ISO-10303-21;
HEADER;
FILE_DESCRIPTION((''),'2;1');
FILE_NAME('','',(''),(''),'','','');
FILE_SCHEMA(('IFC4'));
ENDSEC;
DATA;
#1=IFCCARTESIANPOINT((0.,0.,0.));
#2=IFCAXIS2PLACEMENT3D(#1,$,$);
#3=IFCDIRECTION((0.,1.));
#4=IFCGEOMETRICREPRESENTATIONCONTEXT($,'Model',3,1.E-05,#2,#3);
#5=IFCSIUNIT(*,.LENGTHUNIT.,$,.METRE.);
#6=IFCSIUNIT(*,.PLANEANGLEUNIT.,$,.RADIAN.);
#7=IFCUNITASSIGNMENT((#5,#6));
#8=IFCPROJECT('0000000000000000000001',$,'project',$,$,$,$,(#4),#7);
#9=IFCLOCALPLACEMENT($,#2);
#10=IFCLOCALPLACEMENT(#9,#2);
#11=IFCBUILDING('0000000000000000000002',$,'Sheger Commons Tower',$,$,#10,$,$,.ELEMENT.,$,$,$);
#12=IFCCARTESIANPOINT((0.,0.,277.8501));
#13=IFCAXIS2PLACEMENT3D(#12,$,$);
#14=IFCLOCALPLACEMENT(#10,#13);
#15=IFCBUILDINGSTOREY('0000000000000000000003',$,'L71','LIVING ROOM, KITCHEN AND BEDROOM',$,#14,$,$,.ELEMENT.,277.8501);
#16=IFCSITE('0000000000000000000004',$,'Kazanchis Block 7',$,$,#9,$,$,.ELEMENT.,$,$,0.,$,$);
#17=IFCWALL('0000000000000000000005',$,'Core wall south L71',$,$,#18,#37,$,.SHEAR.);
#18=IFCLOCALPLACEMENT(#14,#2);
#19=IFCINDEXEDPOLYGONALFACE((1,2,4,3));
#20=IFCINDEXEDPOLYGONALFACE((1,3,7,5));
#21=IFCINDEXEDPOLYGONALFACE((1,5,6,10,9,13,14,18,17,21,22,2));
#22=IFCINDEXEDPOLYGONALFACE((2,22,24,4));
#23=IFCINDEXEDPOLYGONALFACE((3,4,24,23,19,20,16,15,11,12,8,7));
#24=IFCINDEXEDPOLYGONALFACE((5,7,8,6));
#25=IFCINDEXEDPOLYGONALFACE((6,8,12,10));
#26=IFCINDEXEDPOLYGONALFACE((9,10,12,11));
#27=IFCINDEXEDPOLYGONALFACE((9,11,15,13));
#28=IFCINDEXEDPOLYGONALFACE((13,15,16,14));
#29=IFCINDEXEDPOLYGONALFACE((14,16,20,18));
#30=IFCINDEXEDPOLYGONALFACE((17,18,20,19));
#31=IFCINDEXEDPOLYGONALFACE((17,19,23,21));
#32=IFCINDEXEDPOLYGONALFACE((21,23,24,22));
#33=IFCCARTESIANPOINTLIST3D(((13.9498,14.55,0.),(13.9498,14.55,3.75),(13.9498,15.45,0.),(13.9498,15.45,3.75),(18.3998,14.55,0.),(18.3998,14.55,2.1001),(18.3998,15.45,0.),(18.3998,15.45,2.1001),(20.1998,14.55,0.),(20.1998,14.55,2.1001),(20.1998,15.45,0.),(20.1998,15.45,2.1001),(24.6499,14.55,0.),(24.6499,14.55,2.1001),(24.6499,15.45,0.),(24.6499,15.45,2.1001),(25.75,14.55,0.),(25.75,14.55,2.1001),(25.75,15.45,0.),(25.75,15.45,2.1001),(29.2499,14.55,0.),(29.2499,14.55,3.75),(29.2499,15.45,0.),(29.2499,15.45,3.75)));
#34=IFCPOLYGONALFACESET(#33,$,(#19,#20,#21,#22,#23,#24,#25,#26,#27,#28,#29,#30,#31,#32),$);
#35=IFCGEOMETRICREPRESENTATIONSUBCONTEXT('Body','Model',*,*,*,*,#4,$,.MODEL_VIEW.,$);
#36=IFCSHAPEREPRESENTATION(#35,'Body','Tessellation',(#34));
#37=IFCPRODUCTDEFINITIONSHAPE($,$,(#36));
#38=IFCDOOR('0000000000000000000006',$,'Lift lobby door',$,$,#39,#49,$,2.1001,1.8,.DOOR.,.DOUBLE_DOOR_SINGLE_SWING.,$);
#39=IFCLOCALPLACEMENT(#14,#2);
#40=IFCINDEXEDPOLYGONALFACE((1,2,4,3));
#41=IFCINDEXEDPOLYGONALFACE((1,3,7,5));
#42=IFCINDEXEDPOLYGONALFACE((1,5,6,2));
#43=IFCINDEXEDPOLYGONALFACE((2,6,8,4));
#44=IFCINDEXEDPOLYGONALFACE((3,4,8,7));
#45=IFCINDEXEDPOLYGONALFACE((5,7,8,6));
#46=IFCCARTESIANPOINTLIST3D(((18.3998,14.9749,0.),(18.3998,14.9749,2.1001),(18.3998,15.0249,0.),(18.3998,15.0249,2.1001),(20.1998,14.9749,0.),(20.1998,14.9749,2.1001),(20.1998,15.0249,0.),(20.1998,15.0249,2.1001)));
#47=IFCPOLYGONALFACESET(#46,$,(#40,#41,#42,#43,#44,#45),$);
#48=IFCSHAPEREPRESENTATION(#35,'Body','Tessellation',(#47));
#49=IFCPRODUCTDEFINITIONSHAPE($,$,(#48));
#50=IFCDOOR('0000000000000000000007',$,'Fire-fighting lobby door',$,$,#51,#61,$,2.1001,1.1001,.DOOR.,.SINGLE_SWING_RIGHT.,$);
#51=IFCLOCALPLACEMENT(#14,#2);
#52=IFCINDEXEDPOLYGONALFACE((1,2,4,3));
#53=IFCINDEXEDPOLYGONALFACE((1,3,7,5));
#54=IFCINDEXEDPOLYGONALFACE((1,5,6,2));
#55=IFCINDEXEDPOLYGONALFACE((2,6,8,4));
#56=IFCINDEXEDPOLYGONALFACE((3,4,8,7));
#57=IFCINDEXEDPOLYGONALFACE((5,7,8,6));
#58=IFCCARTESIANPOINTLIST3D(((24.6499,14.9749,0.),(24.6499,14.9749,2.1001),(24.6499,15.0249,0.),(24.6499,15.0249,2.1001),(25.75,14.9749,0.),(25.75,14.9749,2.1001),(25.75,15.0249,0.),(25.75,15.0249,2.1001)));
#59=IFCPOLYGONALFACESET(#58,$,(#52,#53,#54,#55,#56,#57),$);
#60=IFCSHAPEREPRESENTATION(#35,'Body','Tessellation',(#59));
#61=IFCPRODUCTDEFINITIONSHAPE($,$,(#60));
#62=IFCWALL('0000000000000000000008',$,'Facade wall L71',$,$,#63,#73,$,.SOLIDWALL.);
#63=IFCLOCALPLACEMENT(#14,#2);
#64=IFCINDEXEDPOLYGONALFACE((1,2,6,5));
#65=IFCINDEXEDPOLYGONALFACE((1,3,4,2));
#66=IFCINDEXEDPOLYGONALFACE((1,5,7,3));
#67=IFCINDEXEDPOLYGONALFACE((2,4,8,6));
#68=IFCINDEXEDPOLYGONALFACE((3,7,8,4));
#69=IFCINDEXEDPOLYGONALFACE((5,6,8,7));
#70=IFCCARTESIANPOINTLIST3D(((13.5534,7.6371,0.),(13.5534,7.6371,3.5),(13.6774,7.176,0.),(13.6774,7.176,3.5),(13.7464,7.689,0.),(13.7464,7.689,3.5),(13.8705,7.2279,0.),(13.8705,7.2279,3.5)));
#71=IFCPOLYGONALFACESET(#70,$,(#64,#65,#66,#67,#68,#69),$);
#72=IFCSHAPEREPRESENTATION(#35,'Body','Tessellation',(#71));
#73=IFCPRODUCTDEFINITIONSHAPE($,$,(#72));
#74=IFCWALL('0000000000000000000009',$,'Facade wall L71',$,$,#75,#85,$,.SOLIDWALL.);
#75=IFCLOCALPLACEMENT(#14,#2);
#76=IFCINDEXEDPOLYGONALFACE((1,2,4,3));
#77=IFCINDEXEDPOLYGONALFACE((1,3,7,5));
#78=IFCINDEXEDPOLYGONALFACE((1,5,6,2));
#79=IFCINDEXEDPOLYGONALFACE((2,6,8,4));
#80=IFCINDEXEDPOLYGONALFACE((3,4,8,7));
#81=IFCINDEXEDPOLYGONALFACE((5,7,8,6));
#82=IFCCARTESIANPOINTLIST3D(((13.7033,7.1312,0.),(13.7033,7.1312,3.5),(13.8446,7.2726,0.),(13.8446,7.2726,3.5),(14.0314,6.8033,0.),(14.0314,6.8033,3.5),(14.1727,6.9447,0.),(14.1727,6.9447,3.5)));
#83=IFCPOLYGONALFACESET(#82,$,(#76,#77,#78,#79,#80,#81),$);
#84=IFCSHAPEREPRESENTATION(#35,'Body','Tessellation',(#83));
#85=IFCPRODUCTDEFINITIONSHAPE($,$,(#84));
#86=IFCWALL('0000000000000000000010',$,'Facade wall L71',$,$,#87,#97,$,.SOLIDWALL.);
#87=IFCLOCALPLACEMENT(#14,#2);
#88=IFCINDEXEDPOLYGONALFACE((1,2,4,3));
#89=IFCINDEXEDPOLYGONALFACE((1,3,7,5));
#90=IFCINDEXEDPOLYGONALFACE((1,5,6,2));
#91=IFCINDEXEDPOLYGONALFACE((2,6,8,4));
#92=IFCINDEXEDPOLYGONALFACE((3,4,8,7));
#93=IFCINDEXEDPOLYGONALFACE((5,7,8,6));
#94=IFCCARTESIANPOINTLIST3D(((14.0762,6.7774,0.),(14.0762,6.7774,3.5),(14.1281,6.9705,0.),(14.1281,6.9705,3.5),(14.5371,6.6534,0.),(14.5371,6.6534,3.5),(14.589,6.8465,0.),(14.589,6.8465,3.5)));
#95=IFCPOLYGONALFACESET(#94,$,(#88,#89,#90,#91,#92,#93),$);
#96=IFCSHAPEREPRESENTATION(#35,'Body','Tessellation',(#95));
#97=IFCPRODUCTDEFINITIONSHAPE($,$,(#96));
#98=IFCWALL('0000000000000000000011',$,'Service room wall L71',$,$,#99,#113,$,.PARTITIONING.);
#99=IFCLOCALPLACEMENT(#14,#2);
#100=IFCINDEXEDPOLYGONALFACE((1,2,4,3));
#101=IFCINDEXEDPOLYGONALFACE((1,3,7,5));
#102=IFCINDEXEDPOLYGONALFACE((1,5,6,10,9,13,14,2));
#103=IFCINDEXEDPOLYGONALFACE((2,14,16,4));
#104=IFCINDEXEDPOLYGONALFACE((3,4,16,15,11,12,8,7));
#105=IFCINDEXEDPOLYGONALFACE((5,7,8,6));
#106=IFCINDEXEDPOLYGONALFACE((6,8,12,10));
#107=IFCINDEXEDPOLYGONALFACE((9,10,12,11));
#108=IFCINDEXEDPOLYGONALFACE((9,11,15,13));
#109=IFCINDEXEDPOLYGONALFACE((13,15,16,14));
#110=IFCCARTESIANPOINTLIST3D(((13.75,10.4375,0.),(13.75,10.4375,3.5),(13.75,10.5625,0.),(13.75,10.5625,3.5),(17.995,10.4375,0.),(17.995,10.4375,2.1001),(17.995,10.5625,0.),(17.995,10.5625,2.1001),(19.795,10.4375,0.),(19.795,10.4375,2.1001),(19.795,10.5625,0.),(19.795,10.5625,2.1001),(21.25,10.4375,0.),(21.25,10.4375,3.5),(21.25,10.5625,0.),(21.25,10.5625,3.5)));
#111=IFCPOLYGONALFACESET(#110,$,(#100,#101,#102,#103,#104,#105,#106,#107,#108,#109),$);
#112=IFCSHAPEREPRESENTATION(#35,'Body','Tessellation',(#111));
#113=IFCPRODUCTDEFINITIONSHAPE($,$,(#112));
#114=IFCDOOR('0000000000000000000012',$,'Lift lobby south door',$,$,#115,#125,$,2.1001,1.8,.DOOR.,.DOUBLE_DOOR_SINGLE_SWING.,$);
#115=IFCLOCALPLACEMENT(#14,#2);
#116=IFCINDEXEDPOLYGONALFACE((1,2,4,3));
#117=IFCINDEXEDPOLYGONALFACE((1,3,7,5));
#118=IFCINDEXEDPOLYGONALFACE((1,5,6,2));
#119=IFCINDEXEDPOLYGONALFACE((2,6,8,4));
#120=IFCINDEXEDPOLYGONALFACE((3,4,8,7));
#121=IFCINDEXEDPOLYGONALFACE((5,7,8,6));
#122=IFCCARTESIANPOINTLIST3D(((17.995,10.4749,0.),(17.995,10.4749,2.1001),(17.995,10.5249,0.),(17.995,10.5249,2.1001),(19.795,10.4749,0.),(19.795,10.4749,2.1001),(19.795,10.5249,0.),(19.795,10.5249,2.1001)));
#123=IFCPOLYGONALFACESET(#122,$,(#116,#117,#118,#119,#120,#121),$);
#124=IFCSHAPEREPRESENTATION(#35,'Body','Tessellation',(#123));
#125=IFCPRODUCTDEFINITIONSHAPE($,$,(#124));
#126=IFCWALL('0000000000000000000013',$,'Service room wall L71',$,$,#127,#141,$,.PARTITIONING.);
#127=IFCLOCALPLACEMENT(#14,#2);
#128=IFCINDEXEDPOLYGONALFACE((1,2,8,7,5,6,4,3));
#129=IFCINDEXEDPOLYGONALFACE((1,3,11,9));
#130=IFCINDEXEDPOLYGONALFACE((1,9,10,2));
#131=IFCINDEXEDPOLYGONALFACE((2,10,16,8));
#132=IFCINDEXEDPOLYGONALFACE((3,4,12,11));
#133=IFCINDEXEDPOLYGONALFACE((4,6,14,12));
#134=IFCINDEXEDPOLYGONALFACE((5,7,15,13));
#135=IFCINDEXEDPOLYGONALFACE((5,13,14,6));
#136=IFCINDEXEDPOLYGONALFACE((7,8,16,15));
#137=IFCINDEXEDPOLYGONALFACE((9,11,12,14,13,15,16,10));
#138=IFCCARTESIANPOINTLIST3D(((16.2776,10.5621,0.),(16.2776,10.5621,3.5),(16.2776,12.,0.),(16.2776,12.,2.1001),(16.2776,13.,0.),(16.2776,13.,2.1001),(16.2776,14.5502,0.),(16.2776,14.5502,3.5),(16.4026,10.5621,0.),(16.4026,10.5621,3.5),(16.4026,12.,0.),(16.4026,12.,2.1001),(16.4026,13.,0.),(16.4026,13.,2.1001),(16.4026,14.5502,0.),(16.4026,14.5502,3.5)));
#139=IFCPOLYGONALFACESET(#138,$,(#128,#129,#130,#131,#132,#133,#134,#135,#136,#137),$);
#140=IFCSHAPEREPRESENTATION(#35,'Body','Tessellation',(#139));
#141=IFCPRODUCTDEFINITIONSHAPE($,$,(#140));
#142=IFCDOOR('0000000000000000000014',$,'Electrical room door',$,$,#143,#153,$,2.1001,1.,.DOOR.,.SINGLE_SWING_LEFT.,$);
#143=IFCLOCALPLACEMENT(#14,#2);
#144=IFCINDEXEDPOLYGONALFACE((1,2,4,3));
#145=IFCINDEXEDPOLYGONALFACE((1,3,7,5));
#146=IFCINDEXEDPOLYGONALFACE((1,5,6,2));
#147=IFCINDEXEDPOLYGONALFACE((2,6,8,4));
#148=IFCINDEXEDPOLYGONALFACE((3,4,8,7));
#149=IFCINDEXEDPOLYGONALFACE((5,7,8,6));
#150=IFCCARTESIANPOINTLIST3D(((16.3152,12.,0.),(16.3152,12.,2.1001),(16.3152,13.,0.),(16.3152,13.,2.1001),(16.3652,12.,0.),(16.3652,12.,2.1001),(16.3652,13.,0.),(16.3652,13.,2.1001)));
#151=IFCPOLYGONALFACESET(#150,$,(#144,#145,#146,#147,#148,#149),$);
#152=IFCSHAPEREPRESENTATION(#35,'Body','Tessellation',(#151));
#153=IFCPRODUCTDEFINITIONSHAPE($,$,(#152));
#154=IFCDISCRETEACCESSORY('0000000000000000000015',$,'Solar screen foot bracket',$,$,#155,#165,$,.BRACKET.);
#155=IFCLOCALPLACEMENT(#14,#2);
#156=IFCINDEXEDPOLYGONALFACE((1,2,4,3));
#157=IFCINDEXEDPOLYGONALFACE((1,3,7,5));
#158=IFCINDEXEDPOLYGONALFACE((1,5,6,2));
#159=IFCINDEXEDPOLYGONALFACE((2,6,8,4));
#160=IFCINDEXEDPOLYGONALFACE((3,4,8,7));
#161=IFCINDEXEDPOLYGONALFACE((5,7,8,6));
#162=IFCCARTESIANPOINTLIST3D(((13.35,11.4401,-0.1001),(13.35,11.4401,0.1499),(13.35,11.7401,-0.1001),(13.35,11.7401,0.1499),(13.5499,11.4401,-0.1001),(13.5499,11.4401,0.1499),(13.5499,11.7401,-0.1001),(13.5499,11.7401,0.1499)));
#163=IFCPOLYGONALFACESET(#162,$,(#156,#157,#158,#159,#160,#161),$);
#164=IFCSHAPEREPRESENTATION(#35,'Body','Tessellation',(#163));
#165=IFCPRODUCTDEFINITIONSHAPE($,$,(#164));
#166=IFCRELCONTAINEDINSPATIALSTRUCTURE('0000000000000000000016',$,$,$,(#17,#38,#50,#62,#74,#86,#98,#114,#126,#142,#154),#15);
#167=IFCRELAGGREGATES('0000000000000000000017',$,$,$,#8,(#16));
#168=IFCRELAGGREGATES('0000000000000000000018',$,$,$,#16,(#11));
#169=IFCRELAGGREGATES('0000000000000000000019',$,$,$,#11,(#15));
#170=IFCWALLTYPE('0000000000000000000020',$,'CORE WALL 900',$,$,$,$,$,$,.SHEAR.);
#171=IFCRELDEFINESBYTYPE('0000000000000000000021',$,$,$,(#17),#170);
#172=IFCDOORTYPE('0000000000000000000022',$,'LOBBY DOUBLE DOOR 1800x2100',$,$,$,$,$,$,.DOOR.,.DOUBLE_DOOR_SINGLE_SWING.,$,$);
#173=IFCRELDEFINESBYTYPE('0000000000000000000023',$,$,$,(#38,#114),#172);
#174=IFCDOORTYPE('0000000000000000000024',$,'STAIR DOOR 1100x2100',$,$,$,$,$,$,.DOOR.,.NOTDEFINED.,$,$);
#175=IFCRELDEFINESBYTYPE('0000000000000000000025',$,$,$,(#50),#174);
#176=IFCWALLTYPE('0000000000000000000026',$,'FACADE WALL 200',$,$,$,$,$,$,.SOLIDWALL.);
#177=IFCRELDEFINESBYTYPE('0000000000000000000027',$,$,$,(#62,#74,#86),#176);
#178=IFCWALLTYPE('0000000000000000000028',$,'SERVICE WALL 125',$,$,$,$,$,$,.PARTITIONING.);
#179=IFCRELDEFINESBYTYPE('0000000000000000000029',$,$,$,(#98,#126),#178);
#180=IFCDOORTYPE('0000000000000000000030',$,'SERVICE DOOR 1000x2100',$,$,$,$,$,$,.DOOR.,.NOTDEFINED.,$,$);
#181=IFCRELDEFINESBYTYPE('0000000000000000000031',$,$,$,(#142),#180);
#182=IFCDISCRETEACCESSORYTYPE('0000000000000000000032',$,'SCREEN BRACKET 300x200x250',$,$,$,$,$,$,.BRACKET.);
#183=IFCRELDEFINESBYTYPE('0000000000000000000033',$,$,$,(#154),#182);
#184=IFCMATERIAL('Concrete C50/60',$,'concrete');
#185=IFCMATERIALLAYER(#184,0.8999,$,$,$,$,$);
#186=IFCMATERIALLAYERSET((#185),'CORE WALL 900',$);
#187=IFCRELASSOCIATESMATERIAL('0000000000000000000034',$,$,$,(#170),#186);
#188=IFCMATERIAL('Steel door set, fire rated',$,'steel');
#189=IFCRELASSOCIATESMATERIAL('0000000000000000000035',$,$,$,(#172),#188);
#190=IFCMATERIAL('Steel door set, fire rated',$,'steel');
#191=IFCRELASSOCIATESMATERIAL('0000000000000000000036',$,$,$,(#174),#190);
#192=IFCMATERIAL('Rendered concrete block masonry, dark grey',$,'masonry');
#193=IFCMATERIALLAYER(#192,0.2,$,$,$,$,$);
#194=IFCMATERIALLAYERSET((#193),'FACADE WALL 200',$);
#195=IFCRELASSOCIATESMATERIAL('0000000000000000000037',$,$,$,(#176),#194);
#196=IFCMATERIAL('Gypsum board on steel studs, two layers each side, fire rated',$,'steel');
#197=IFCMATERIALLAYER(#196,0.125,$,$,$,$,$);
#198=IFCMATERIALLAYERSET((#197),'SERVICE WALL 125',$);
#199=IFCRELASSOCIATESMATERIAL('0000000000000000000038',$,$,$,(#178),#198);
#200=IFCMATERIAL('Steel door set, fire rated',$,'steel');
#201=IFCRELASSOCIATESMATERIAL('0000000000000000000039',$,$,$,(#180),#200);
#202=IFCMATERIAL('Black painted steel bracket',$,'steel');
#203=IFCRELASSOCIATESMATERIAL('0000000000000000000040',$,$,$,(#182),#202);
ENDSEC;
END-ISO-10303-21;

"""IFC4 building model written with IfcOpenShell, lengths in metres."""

from ifc_helpers import new_model, si_unit, direction, frame, frame_2d, origin, origin_2d, place, context, subcontext, project, spatial, rectangle, extrude, material, layer, layer_set, type_object, element, fill, save


model = new_model("IFC4")

# Units and contexts
model_context = context("Model", 3, precision=1e-05, world=origin(), true_north=direction((0.0, 1.0)))
body_context = subcontext(model_context, "Body", "Model", "MODEL_VIEW")
ifc_project = project(units=[si_unit("LENGTHUNIT", "METRE"), si_unit("PLANEANGLEUNIT", "RADIAN")], contexts=[model_context])

# Site, building, storey
site_placement = place(None, origin())
site = spatial("IfcSite", under=ifc_project, at=site_placement, Name="Kazanchis Block 7", CompositionType="ELEMENT", RefElevation=0.0)
building_placement = place(site_placement, origin())
building = spatial("IfcBuilding", under=site, at=building_placement, Name="Sheger Commons Tower", CompositionType="ELEMENT")
storey_placement = place(building_placement, frame((0.0, 0.0, 277.8501)))
storey = spatial("IfcBuildingStorey", under=building, at=storey_placement, Name="L71", Description="LIVING ROOM, KITCHEN AND BEDROOM", CompositionType="ELEMENT", Elevation=277.8501)

# Wall, openings, doors
ifc_material_1 = material(Name="Concrete C50/60", Category="concrete")
ifc_layer_1 = layer(ifc_material_1, 0.8999)
ifc_layer_set_1 = layer_set([ifc_layer_1], Name="CORE WALL 900")
wall_type_1 = type_object("IfcWallType", Name="CORE WALL 900", PredefinedType="SHEAR", material=ifc_layer_set_1)
wall_1_placement = place(storey_placement, frame((13.95, 15.0, 0.0), z_axis=(0.0, 0.0, 1.0), x_axis=(1.0, 0.0, 0.0)))
wall_1 = element("IfcWall", 1, at=wall_1_placement, inside=storey, type_object=wall_type_1, Name="Core wall south L71", PredefinedType="SHEAR", context=body_context, shape_type="SweptSolid", body=[
    extrude(rectangle(XDim=15.3, YDim=0.8999, at=frame_2d((7.6499, 0.0))), origin(), (0.0, 0.0, 1.0), 3.75),
])
opening_1_placement = place(wall_1_placement, frame((4.45, 0.0, 0.0)))
opening_1 = element("IfcOpeningElement", 2, at=opening_1_placement, cuts=wall_1, PredefinedType="OPENING", context=body_context, shape_type="SweptSolid", body=[
    extrude(rectangle(XDim=1.8, YDim=2.1001, at=frame_2d((0.8999, 1.05))), frame((0.0, 0.46, 0.0), z_axis=(0.0, -1.0, 0.0), x_axis=(1.0, 0.0, 0.0)), (0.0, 0.0, 1.0), 0.9199),
])
opening_2_placement = place(wall_1_placement, frame((10.7, 0.0, 0.0)))
opening_2 = element("IfcOpeningElement", 3, at=opening_2_placement, cuts=wall_1, PredefinedType="OPENING", context=body_context, shape_type="SweptSolid", body=[
    extrude(rectangle(XDim=1.1001, YDim=2.1001, at=frame_2d((0.55, 1.05))), frame((0.0, 0.46, 0.0), z_axis=(0.0, -1.0, 0.0), x_axis=(1.0, 0.0, 0.0)), (0.0, 0.0, 1.0), 0.9199),
])
ifc_material_2 = material(Name="Steel door set, fire rated", Category="steel")
door_type_1 = type_object("IfcDoorType", Name="LOBBY DOUBLE DOOR 1800x2100", OperationType="DOUBLE_DOOR_SINGLE_SWING", PredefinedType="DOOR", material=ifc_material_2)
door_1_placement = place(opening_1_placement, origin())
door_1 = element("IfcDoor", 4, at=door_1_placement, inside=storey, type_object=door_type_1, Name="Lift lobby door", OperationType="DOUBLE_DOOR_SINGLE_SWING", OverallHeight=2.1001, OverallWidth=1.8, PredefinedType="DOOR", context=body_context, shape_type="SweptSolid", body=[
    extrude(rectangle(XDim=1.8, YDim=2.1001, at=frame_2d((0.8999, 1.05))), frame((0.0, 0.0249, 0.0), z_axis=(0.0, -1.0, 0.0), x_axis=(1.0, 0.0, 0.0)), (0.0, 0.0, 1.0), 0.05),
])
fill(opening_1, door_1)
ifc_material_3 = material(Name="Steel door set, fire rated", Category="steel")
door_type_2 = type_object("IfcDoorType", Name="STAIR DOOR 1100x2100", OperationType="NOTDEFINED", PredefinedType="DOOR", material=ifc_material_3)
door_2_placement = place(opening_2_placement, origin())
door_2 = element("IfcDoor", 5, at=door_2_placement, inside=storey, type_object=door_type_2, Name="Fire-fighting lobby door", OperationType="SINGLE_SWING_RIGHT", OverallHeight=2.1001, OverallWidth=1.1001, PredefinedType="DOOR", context=body_context, shape_type="SweptSolid", body=[
    extrude(rectangle(XDim=1.1001, YDim=2.1001, at=frame_2d((0.55, 1.05))), frame((0.0, 0.0249, 0.0), z_axis=(0.0, -1.0, 0.0), x_axis=(1.0, 0.0, 0.0)), (0.0, 0.0, 1.0), 0.05),
])
fill(opening_2, door_2)

# Walls
ifc_material_4 = material(Name="Rendered concrete block masonry, dark grey", Category="masonry")
ifc_layer_2 = layer(ifc_material_4, 0.2)
ifc_layer_set_2 = layer_set([ifc_layer_2], Name="FACADE WALL 200")
wall_type_2 = type_object("IfcWallType", Name="FACADE WALL 200", PredefinedType="SOLIDWALL", material=ifc_layer_set_2)
wall_2_placement = place(storey_placement, frame((13.6499, 7.6631, 0.0), z_axis=(0.0, 0.0, 1.0), x_axis=(0.259698, -0.96569, 0.0)))
element("IfcWall", 6, at=wall_2_placement, inside=storey, type_object=wall_type_2, Name="Facade wall L71", PredefinedType="SOLIDWALL", context=body_context, shape_type="SweptSolid", body=[
    extrude(rectangle(XDim=0.4775, YDim=0.2, at=frame_2d((0.2388, 0.0))), origin(), (0.0, 0.0, 1.0), 3.5),
])
wall_3_placement = place(storey_placement, frame((13.7739, 7.2019, 0.0), z_axis=(0.0, 0.0, 1.0), x_axis=(0.70737, -0.706844, 0.0)))
element("IfcWall", 7, at=wall_3_placement, inside=storey, type_object=wall_type_2, Name="Facade wall L71", PredefinedType="SOLIDWALL", context=body_context, shape_type="SweptSolid", body=[
    extrude(rectangle(XDim=0.4639, YDim=0.2, at=frame_2d((0.2319, 0.0))), origin(), (0.0, 0.0, 1.0), 3.5),
])
wall_4_placement = place(storey_placement, frame((14.1021, 6.874, 0.0), z_axis=(0.0, 0.0, 1.0), x_axis=(0.965655, -0.259827, 0.0)))
element("IfcWall", 8, at=wall_4_placement, inside=storey, type_object=wall_type_2, Name="Facade wall L71", PredefinedType="SOLIDWALL", context=body_context, shape_type="SweptSolid", body=[
    extrude(rectangle(XDim=0.4773, YDim=0.2, at=frame_2d((0.2388, 0.0))), origin(), (0.0, 0.0, 1.0), 3.5),
])

# Walls, openings, doors
ifc_material_5 = material(Name="Gypsum board on steel studs, two layers each side, fire rated", Category="steel")
ifc_layer_3 = layer(ifc_material_5, 0.125)
ifc_layer_set_3 = layer_set([ifc_layer_3], Name="SERVICE WALL 125")
wall_type_3 = type_object("IfcWallType", Name="SERVICE WALL 125", PredefinedType="PARTITIONING", material=ifc_layer_set_3)
wall_5_placement = place(storey_placement, frame((13.75, 10.5, 0.0), z_axis=(0.0, 0.0, 1.0), x_axis=(1.0, 0.0, 0.0)))
wall_5 = element("IfcWall", 9, at=wall_5_placement, inside=storey, type_object=wall_type_3, Name="Service room wall L71", PredefinedType="PARTITIONING", context=body_context, shape_type="SweptSolid", body=[
    extrude(rectangle(XDim=7.5, YDim=0.125, at=frame_2d((3.75, 0.0))), origin(), (0.0, 0.0, 1.0), 3.5),
])
opening_3_placement = place(wall_5_placement, frame((4.2451, 0.0, 0.0)))
opening_3 = element("IfcOpeningElement", 10, at=opening_3_placement, cuts=wall_5, PredefinedType="OPENING", context=body_context, shape_type="SweptSolid", body=[
    extrude(rectangle(XDim=1.8, YDim=2.1001, at=frame_2d((0.8999, 1.05))), frame((0.0, 0.0725, 0.0), z_axis=(0.0, -1.0, 0.0), x_axis=(1.0, 0.0, 0.0)), (0.0, 0.0, 1.0), 0.145),
])
door_3_placement = place(opening_3_placement, origin())
door_3 = element("IfcDoor", 11, at=door_3_placement, inside=storey, type_object=door_type_1, Name="Lift lobby south door", OperationType="DOUBLE_DOOR_SINGLE_SWING", OverallHeight=2.1001, OverallWidth=1.8, PredefinedType="DOOR", context=body_context, shape_type="SweptSolid", body=[
    extrude(rectangle(XDim=1.8, YDim=2.1001, at=frame_2d((0.8999, 1.05))), frame((0.0, 0.0249, 0.0), z_axis=(0.0, -1.0, 0.0), x_axis=(1.0, 0.0, 0.0)), (0.0, 0.0, 1.0), 0.05),
])
fill(opening_3, door_3)
wall_6_placement = place(storey_placement, frame((16.3401, 10.562, 0.0), z_axis=(0.0, 0.0, 1.0), x_axis=(0.0, 1.0, 0.0)))
wall_6 = element("IfcWall", 12, at=wall_6_placement, inside=storey, type_object=wall_type_3, Name="Service room wall L71", PredefinedType="PARTITIONING", context=body_context, shape_type="SweptSolid", body=[
    extrude(rectangle(XDim=3.988, YDim=0.125, at=frame_2d((1.9941, 0.0))), origin(), (0.0, 0.0, 1.0), 3.5),
])
opening_4_placement = place(wall_6_placement, frame((1.438, 0.0, 0.0)))
opening_4 = element("IfcOpeningElement", 13, at=opening_4_placement, cuts=wall_6, PredefinedType="OPENING", context=body_context, shape_type="SweptSolid", body=[
    extrude(rectangle(XDim=1.0, YDim=2.1001, at=frame_2d((0.5, 1.05))), frame((0.0, 0.0725, 0.0), z_axis=(0.0, -1.0, 0.0), x_axis=(1.0, 0.0, 0.0)), (0.0, 0.0, 1.0), 0.145),
])
ifc_material_6 = material(Name="Steel door set, fire rated", Category="steel")
door_type_3 = type_object("IfcDoorType", Name="SERVICE DOOR 1000x2100", OperationType="NOTDEFINED", PredefinedType="DOOR", material=ifc_material_6)
door_4_placement = place(opening_4_placement, origin())
door_4 = element("IfcDoor", 14, at=door_4_placement, inside=storey, type_object=door_type_3, Name="Electrical room door", OperationType="SINGLE_SWING_LEFT", OverallHeight=2.1001, OverallWidth=1.0, PredefinedType="DOOR", context=body_context, shape_type="SweptSolid", body=[
    extrude(rectangle(XDim=1.0, YDim=2.1001, at=frame_2d((0.5, 1.05))), frame((0.0, 0.0249, 0.0), z_axis=(0.0, -1.0, 0.0), x_axis=(1.0, 0.0, 0.0)), (0.0, 0.0, 1.0), 0.05),
])
fill(opening_4, door_4)

# Discrete accessory
ifc_material_7 = material(Name="Black painted steel bracket", Category="steel")
discrete_accessory_type = type_object("IfcDiscreteAccessoryType", Name="SCREEN BRACKET 300x200x250", PredefinedType="BRACKET", material=ifc_material_7)
for number, where, z_axis, x_axis, name in (
    (15, (13.45, 11.5901, -0.1001), (0.0, 0.0, 1.0), (0.0, -1.0, 0.0), "Solar screen foot bracket"),
):
    element("IfcDiscreteAccessory", number, at=place(storey_placement, frame(where, z_axis=z_axis, x_axis=x_axis)), inside=storey, type_object=discrete_accessory_type, Name=name, PredefinedType="BRACKET", context=body_context, shape_type="SweptSolid", body=[
        extrude(rectangle(XDim=0.3, YDim=0.2, at=origin_2d()), origin(), (0.0, 0.0, 1.0), 0.25),
    ])

save(model, "model.ifc")
